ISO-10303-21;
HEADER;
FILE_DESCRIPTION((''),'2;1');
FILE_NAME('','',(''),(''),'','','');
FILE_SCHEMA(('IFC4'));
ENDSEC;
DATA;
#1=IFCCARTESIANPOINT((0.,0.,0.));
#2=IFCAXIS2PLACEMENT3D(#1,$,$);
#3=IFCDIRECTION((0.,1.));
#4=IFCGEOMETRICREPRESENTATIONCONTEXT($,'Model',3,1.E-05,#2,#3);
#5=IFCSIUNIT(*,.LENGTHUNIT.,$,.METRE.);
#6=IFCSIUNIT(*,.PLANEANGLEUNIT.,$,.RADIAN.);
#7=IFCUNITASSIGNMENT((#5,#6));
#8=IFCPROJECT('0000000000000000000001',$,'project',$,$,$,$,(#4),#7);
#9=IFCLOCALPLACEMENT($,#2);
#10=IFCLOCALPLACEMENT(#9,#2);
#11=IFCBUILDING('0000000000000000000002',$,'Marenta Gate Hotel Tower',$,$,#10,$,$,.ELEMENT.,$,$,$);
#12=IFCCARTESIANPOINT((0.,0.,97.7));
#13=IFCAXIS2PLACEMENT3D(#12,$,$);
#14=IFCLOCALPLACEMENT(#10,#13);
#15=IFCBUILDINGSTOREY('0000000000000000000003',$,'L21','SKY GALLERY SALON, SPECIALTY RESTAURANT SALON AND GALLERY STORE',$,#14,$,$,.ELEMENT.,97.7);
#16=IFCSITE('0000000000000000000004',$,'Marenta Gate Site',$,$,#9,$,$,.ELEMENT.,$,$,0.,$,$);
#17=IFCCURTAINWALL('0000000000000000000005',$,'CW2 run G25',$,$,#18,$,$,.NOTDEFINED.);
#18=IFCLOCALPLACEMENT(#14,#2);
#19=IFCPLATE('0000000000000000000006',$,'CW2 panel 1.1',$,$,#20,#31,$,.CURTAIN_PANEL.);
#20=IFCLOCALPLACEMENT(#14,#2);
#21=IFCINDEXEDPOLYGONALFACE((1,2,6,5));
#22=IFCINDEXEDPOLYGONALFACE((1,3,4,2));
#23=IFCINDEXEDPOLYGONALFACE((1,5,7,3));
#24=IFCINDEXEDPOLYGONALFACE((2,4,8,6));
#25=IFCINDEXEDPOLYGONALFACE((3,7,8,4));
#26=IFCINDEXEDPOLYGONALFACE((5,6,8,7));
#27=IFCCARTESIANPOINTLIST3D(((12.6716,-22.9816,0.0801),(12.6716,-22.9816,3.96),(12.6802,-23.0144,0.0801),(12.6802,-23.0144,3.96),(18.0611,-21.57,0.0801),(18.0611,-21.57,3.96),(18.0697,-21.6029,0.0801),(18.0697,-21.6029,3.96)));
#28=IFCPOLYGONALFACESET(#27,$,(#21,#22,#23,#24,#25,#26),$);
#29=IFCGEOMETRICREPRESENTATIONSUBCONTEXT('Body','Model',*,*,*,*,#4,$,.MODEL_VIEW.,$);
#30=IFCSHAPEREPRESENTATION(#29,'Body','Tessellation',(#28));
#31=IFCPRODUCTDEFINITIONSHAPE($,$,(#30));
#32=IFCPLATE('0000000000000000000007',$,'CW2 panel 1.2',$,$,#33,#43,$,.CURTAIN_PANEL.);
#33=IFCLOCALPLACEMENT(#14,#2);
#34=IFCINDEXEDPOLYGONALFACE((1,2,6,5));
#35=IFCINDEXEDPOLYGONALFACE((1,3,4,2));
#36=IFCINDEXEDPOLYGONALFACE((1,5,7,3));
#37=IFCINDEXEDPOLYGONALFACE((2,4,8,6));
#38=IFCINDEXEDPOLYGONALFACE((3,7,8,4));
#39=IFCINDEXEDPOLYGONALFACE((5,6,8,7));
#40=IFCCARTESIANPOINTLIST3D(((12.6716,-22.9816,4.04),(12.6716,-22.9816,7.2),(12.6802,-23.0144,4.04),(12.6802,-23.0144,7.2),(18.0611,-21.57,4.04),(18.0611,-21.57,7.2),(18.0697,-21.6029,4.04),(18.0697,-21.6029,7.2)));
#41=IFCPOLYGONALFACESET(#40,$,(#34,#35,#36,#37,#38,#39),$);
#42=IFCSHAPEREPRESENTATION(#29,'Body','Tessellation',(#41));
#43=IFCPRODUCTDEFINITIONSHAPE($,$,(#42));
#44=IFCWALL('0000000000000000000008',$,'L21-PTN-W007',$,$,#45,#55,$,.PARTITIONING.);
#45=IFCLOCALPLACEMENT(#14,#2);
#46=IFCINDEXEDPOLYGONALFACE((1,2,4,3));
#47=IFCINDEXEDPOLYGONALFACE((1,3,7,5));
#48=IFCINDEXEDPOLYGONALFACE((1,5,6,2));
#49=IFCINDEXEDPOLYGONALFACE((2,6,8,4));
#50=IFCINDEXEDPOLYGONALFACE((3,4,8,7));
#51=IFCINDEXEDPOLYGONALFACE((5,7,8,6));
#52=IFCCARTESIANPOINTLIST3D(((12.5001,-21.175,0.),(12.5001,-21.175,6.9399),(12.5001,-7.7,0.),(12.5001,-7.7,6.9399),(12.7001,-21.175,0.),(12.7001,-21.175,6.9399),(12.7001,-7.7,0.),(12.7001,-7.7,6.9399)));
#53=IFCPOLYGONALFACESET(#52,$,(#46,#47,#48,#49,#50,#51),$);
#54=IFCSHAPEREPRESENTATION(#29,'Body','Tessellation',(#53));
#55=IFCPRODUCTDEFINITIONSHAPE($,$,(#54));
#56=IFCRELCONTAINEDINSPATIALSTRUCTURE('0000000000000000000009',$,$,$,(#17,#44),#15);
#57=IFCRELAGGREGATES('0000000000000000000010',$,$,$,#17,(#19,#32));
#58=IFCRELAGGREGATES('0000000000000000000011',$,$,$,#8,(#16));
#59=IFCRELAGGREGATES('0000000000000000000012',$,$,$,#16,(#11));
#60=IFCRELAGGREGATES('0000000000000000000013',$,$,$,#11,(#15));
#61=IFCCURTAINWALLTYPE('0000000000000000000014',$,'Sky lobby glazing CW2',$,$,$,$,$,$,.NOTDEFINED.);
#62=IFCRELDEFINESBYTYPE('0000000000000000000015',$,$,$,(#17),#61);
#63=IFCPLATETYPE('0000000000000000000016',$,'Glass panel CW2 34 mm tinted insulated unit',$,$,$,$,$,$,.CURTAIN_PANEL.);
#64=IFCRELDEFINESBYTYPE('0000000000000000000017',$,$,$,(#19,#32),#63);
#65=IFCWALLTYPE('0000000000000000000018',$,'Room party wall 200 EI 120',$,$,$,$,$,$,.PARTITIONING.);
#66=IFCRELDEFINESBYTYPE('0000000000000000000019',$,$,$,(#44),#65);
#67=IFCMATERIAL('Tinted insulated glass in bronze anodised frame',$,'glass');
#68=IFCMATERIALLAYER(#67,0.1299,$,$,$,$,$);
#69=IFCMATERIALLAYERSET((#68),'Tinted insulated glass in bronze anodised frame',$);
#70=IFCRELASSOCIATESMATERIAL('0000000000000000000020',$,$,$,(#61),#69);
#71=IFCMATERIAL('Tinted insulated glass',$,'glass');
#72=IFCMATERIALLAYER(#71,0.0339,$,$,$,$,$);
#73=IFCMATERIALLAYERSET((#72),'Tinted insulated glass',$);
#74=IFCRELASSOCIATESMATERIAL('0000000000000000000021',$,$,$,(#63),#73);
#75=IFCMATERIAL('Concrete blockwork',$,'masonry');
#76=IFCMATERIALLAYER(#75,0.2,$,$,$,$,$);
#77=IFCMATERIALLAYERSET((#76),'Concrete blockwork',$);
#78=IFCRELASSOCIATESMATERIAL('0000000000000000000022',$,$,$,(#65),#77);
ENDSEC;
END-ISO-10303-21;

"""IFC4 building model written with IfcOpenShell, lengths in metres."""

from ifc_helpers import new_model, si_unit, direction, frame, frame_2d, origin, origin_2d, place, context, subcontext, project, spatial, rectangle, extrude, material, layer, layer_set, type_object, element, aggregate, save


model = new_model("IFC4")

# Units and contexts
model_context = context("Model", 3, precision=1e-05, world=origin(), true_north=direction((0.0, 1.0)))
body_context = subcontext(model_context, "Body", "Model", "MODEL_VIEW")
ifc_project = project(units=[si_unit("LENGTHUNIT", "METRE"), si_unit("PLANEANGLEUNIT", "RADIAN")], contexts=[model_context])

# Site, building, storey
site_placement = place(None, origin())
site = spatial("IfcSite", under=ifc_project, at=site_placement, Name="Marenta Gate Site", CompositionType="ELEMENT", RefElevation=0.0)
building_placement = place(site_placement, origin())
building = spatial("IfcBuilding", under=site, at=building_placement, Name="Marenta Gate Hotel Tower", CompositionType="ELEMENT")
storey_placement = place(building_placement, frame((0.0, 0.0, 97.7)))
storey = spatial("IfcBuildingStorey", under=building, at=storey_placement, Name="L21", Description="SKY GALLERY SALON, SPECIALTY RESTAURANT SALON AND GALLERY STORE", CompositionType="ELEMENT", Elevation=97.7)

# Shared definitions
ifc_material_1 = material(Name="Tinted insulated glass in bronze anodised frame", Category="glass")
ifc_layer_1 = layer(ifc_material_1, 0.1299)
ifc_layer_set_1 = layer_set([ifc_layer_1], Name="Tinted insulated glass in bronze anodised frame")
curtain_wall_type = type_object("IfcCurtainWallType", Name="Sky lobby glazing CW2", PredefinedType="NOTDEFINED", material=ifc_layer_set_1)

# Curtain wall
curtain_wall_1_placement = place(storey_placement, origin())
curtain_wall_1 = element("IfcCurtainWall", 1, at=curtain_wall_1_placement, inside=storey, type_object=curtain_wall_type, Name="CW2 run G25", PredefinedType="NOTDEFINED")

# Plates
ifc_material_2 = material(Name="Tinted insulated glass", Category="glass")
ifc_layer_2 = layer(ifc_material_2, 0.0339)
ifc_layer_set_2 = layer_set([ifc_layer_2], Name="Tinted insulated glass")
plate_type = type_object("IfcPlateType", Name="Glass panel CW2 34 mm tinted insulated unit", PredefinedType="CURTAIN_PANEL", material=ifc_layer_set_2)
plate_1_placement = place(storey_placement, frame((15.3706, -22.2922, 0.0801), z_axis=(0.0, 0.0, 1.0), x_axis=(0.96737, 0.253367, 0.0)))
plate_1 = element("IfcPlate", 2, at=plate_1_placement, type_object=plate_type, Name="CW2 panel 1.1", PredefinedType="CURTAIN_PANEL", context=body_context, shape_type="SweptSolid", body=[
    extrude(rectangle(XDim=5.5713, YDim=0.0339, at=origin_2d()), origin(), (0.0, 0.0, 1.0), 3.8799),
])
plate_2_placement = place(storey_placement, frame((15.3706, -22.2922, 4.04), z_axis=(0.0, 0.0, 1.0), x_axis=(0.96737, 0.253367, 0.0)))
plate_2 = element("IfcPlate", 3, at=plate_2_placement, type_object=plate_type, Name="CW2 panel 1.2", PredefinedType="CURTAIN_PANEL", context=body_context, shape_type="SweptSolid", body=[
    extrude(rectangle(XDim=5.5713, YDim=0.0339, at=origin_2d()), origin(), (0.0, 0.0, 1.0), 3.1599),
])
aggregate(curtain_wall_1, [plate_1, plate_2])

# Wall
ifc_material_3 = material(Name="Concrete blockwork", Category="masonry")
ifc_layer_3 = layer(ifc_material_3, 0.2)
ifc_layer_set_3 = layer_set([ifc_layer_3], Name="Concrete blockwork")
wall_type = type_object("IfcWallType", Name="Room party wall 200 EI 120", PredefinedType="PARTITIONING", material=ifc_layer_set_3)
wall_placement = place(storey_placement, frame((12.6001, -21.175, 0.0), z_axis=(0.0, 0.0, 1.0), x_axis=(0.0, 1.0, 0.0)))
element("IfcWall", 4, at=wall_placement, inside=storey, type_object=wall_type, Name="L21-PTN-W007", PredefinedType="PARTITIONING", context=body_context, shape_type="SweptSolid", body=[
    extrude(rectangle(XDim=13.4751, YDim=0.2, at=frame_2d((6.7375, 0.0))), origin(), (0.0, 0.0, 1.0), 6.9399),
])

save(model, "model.ifc")
